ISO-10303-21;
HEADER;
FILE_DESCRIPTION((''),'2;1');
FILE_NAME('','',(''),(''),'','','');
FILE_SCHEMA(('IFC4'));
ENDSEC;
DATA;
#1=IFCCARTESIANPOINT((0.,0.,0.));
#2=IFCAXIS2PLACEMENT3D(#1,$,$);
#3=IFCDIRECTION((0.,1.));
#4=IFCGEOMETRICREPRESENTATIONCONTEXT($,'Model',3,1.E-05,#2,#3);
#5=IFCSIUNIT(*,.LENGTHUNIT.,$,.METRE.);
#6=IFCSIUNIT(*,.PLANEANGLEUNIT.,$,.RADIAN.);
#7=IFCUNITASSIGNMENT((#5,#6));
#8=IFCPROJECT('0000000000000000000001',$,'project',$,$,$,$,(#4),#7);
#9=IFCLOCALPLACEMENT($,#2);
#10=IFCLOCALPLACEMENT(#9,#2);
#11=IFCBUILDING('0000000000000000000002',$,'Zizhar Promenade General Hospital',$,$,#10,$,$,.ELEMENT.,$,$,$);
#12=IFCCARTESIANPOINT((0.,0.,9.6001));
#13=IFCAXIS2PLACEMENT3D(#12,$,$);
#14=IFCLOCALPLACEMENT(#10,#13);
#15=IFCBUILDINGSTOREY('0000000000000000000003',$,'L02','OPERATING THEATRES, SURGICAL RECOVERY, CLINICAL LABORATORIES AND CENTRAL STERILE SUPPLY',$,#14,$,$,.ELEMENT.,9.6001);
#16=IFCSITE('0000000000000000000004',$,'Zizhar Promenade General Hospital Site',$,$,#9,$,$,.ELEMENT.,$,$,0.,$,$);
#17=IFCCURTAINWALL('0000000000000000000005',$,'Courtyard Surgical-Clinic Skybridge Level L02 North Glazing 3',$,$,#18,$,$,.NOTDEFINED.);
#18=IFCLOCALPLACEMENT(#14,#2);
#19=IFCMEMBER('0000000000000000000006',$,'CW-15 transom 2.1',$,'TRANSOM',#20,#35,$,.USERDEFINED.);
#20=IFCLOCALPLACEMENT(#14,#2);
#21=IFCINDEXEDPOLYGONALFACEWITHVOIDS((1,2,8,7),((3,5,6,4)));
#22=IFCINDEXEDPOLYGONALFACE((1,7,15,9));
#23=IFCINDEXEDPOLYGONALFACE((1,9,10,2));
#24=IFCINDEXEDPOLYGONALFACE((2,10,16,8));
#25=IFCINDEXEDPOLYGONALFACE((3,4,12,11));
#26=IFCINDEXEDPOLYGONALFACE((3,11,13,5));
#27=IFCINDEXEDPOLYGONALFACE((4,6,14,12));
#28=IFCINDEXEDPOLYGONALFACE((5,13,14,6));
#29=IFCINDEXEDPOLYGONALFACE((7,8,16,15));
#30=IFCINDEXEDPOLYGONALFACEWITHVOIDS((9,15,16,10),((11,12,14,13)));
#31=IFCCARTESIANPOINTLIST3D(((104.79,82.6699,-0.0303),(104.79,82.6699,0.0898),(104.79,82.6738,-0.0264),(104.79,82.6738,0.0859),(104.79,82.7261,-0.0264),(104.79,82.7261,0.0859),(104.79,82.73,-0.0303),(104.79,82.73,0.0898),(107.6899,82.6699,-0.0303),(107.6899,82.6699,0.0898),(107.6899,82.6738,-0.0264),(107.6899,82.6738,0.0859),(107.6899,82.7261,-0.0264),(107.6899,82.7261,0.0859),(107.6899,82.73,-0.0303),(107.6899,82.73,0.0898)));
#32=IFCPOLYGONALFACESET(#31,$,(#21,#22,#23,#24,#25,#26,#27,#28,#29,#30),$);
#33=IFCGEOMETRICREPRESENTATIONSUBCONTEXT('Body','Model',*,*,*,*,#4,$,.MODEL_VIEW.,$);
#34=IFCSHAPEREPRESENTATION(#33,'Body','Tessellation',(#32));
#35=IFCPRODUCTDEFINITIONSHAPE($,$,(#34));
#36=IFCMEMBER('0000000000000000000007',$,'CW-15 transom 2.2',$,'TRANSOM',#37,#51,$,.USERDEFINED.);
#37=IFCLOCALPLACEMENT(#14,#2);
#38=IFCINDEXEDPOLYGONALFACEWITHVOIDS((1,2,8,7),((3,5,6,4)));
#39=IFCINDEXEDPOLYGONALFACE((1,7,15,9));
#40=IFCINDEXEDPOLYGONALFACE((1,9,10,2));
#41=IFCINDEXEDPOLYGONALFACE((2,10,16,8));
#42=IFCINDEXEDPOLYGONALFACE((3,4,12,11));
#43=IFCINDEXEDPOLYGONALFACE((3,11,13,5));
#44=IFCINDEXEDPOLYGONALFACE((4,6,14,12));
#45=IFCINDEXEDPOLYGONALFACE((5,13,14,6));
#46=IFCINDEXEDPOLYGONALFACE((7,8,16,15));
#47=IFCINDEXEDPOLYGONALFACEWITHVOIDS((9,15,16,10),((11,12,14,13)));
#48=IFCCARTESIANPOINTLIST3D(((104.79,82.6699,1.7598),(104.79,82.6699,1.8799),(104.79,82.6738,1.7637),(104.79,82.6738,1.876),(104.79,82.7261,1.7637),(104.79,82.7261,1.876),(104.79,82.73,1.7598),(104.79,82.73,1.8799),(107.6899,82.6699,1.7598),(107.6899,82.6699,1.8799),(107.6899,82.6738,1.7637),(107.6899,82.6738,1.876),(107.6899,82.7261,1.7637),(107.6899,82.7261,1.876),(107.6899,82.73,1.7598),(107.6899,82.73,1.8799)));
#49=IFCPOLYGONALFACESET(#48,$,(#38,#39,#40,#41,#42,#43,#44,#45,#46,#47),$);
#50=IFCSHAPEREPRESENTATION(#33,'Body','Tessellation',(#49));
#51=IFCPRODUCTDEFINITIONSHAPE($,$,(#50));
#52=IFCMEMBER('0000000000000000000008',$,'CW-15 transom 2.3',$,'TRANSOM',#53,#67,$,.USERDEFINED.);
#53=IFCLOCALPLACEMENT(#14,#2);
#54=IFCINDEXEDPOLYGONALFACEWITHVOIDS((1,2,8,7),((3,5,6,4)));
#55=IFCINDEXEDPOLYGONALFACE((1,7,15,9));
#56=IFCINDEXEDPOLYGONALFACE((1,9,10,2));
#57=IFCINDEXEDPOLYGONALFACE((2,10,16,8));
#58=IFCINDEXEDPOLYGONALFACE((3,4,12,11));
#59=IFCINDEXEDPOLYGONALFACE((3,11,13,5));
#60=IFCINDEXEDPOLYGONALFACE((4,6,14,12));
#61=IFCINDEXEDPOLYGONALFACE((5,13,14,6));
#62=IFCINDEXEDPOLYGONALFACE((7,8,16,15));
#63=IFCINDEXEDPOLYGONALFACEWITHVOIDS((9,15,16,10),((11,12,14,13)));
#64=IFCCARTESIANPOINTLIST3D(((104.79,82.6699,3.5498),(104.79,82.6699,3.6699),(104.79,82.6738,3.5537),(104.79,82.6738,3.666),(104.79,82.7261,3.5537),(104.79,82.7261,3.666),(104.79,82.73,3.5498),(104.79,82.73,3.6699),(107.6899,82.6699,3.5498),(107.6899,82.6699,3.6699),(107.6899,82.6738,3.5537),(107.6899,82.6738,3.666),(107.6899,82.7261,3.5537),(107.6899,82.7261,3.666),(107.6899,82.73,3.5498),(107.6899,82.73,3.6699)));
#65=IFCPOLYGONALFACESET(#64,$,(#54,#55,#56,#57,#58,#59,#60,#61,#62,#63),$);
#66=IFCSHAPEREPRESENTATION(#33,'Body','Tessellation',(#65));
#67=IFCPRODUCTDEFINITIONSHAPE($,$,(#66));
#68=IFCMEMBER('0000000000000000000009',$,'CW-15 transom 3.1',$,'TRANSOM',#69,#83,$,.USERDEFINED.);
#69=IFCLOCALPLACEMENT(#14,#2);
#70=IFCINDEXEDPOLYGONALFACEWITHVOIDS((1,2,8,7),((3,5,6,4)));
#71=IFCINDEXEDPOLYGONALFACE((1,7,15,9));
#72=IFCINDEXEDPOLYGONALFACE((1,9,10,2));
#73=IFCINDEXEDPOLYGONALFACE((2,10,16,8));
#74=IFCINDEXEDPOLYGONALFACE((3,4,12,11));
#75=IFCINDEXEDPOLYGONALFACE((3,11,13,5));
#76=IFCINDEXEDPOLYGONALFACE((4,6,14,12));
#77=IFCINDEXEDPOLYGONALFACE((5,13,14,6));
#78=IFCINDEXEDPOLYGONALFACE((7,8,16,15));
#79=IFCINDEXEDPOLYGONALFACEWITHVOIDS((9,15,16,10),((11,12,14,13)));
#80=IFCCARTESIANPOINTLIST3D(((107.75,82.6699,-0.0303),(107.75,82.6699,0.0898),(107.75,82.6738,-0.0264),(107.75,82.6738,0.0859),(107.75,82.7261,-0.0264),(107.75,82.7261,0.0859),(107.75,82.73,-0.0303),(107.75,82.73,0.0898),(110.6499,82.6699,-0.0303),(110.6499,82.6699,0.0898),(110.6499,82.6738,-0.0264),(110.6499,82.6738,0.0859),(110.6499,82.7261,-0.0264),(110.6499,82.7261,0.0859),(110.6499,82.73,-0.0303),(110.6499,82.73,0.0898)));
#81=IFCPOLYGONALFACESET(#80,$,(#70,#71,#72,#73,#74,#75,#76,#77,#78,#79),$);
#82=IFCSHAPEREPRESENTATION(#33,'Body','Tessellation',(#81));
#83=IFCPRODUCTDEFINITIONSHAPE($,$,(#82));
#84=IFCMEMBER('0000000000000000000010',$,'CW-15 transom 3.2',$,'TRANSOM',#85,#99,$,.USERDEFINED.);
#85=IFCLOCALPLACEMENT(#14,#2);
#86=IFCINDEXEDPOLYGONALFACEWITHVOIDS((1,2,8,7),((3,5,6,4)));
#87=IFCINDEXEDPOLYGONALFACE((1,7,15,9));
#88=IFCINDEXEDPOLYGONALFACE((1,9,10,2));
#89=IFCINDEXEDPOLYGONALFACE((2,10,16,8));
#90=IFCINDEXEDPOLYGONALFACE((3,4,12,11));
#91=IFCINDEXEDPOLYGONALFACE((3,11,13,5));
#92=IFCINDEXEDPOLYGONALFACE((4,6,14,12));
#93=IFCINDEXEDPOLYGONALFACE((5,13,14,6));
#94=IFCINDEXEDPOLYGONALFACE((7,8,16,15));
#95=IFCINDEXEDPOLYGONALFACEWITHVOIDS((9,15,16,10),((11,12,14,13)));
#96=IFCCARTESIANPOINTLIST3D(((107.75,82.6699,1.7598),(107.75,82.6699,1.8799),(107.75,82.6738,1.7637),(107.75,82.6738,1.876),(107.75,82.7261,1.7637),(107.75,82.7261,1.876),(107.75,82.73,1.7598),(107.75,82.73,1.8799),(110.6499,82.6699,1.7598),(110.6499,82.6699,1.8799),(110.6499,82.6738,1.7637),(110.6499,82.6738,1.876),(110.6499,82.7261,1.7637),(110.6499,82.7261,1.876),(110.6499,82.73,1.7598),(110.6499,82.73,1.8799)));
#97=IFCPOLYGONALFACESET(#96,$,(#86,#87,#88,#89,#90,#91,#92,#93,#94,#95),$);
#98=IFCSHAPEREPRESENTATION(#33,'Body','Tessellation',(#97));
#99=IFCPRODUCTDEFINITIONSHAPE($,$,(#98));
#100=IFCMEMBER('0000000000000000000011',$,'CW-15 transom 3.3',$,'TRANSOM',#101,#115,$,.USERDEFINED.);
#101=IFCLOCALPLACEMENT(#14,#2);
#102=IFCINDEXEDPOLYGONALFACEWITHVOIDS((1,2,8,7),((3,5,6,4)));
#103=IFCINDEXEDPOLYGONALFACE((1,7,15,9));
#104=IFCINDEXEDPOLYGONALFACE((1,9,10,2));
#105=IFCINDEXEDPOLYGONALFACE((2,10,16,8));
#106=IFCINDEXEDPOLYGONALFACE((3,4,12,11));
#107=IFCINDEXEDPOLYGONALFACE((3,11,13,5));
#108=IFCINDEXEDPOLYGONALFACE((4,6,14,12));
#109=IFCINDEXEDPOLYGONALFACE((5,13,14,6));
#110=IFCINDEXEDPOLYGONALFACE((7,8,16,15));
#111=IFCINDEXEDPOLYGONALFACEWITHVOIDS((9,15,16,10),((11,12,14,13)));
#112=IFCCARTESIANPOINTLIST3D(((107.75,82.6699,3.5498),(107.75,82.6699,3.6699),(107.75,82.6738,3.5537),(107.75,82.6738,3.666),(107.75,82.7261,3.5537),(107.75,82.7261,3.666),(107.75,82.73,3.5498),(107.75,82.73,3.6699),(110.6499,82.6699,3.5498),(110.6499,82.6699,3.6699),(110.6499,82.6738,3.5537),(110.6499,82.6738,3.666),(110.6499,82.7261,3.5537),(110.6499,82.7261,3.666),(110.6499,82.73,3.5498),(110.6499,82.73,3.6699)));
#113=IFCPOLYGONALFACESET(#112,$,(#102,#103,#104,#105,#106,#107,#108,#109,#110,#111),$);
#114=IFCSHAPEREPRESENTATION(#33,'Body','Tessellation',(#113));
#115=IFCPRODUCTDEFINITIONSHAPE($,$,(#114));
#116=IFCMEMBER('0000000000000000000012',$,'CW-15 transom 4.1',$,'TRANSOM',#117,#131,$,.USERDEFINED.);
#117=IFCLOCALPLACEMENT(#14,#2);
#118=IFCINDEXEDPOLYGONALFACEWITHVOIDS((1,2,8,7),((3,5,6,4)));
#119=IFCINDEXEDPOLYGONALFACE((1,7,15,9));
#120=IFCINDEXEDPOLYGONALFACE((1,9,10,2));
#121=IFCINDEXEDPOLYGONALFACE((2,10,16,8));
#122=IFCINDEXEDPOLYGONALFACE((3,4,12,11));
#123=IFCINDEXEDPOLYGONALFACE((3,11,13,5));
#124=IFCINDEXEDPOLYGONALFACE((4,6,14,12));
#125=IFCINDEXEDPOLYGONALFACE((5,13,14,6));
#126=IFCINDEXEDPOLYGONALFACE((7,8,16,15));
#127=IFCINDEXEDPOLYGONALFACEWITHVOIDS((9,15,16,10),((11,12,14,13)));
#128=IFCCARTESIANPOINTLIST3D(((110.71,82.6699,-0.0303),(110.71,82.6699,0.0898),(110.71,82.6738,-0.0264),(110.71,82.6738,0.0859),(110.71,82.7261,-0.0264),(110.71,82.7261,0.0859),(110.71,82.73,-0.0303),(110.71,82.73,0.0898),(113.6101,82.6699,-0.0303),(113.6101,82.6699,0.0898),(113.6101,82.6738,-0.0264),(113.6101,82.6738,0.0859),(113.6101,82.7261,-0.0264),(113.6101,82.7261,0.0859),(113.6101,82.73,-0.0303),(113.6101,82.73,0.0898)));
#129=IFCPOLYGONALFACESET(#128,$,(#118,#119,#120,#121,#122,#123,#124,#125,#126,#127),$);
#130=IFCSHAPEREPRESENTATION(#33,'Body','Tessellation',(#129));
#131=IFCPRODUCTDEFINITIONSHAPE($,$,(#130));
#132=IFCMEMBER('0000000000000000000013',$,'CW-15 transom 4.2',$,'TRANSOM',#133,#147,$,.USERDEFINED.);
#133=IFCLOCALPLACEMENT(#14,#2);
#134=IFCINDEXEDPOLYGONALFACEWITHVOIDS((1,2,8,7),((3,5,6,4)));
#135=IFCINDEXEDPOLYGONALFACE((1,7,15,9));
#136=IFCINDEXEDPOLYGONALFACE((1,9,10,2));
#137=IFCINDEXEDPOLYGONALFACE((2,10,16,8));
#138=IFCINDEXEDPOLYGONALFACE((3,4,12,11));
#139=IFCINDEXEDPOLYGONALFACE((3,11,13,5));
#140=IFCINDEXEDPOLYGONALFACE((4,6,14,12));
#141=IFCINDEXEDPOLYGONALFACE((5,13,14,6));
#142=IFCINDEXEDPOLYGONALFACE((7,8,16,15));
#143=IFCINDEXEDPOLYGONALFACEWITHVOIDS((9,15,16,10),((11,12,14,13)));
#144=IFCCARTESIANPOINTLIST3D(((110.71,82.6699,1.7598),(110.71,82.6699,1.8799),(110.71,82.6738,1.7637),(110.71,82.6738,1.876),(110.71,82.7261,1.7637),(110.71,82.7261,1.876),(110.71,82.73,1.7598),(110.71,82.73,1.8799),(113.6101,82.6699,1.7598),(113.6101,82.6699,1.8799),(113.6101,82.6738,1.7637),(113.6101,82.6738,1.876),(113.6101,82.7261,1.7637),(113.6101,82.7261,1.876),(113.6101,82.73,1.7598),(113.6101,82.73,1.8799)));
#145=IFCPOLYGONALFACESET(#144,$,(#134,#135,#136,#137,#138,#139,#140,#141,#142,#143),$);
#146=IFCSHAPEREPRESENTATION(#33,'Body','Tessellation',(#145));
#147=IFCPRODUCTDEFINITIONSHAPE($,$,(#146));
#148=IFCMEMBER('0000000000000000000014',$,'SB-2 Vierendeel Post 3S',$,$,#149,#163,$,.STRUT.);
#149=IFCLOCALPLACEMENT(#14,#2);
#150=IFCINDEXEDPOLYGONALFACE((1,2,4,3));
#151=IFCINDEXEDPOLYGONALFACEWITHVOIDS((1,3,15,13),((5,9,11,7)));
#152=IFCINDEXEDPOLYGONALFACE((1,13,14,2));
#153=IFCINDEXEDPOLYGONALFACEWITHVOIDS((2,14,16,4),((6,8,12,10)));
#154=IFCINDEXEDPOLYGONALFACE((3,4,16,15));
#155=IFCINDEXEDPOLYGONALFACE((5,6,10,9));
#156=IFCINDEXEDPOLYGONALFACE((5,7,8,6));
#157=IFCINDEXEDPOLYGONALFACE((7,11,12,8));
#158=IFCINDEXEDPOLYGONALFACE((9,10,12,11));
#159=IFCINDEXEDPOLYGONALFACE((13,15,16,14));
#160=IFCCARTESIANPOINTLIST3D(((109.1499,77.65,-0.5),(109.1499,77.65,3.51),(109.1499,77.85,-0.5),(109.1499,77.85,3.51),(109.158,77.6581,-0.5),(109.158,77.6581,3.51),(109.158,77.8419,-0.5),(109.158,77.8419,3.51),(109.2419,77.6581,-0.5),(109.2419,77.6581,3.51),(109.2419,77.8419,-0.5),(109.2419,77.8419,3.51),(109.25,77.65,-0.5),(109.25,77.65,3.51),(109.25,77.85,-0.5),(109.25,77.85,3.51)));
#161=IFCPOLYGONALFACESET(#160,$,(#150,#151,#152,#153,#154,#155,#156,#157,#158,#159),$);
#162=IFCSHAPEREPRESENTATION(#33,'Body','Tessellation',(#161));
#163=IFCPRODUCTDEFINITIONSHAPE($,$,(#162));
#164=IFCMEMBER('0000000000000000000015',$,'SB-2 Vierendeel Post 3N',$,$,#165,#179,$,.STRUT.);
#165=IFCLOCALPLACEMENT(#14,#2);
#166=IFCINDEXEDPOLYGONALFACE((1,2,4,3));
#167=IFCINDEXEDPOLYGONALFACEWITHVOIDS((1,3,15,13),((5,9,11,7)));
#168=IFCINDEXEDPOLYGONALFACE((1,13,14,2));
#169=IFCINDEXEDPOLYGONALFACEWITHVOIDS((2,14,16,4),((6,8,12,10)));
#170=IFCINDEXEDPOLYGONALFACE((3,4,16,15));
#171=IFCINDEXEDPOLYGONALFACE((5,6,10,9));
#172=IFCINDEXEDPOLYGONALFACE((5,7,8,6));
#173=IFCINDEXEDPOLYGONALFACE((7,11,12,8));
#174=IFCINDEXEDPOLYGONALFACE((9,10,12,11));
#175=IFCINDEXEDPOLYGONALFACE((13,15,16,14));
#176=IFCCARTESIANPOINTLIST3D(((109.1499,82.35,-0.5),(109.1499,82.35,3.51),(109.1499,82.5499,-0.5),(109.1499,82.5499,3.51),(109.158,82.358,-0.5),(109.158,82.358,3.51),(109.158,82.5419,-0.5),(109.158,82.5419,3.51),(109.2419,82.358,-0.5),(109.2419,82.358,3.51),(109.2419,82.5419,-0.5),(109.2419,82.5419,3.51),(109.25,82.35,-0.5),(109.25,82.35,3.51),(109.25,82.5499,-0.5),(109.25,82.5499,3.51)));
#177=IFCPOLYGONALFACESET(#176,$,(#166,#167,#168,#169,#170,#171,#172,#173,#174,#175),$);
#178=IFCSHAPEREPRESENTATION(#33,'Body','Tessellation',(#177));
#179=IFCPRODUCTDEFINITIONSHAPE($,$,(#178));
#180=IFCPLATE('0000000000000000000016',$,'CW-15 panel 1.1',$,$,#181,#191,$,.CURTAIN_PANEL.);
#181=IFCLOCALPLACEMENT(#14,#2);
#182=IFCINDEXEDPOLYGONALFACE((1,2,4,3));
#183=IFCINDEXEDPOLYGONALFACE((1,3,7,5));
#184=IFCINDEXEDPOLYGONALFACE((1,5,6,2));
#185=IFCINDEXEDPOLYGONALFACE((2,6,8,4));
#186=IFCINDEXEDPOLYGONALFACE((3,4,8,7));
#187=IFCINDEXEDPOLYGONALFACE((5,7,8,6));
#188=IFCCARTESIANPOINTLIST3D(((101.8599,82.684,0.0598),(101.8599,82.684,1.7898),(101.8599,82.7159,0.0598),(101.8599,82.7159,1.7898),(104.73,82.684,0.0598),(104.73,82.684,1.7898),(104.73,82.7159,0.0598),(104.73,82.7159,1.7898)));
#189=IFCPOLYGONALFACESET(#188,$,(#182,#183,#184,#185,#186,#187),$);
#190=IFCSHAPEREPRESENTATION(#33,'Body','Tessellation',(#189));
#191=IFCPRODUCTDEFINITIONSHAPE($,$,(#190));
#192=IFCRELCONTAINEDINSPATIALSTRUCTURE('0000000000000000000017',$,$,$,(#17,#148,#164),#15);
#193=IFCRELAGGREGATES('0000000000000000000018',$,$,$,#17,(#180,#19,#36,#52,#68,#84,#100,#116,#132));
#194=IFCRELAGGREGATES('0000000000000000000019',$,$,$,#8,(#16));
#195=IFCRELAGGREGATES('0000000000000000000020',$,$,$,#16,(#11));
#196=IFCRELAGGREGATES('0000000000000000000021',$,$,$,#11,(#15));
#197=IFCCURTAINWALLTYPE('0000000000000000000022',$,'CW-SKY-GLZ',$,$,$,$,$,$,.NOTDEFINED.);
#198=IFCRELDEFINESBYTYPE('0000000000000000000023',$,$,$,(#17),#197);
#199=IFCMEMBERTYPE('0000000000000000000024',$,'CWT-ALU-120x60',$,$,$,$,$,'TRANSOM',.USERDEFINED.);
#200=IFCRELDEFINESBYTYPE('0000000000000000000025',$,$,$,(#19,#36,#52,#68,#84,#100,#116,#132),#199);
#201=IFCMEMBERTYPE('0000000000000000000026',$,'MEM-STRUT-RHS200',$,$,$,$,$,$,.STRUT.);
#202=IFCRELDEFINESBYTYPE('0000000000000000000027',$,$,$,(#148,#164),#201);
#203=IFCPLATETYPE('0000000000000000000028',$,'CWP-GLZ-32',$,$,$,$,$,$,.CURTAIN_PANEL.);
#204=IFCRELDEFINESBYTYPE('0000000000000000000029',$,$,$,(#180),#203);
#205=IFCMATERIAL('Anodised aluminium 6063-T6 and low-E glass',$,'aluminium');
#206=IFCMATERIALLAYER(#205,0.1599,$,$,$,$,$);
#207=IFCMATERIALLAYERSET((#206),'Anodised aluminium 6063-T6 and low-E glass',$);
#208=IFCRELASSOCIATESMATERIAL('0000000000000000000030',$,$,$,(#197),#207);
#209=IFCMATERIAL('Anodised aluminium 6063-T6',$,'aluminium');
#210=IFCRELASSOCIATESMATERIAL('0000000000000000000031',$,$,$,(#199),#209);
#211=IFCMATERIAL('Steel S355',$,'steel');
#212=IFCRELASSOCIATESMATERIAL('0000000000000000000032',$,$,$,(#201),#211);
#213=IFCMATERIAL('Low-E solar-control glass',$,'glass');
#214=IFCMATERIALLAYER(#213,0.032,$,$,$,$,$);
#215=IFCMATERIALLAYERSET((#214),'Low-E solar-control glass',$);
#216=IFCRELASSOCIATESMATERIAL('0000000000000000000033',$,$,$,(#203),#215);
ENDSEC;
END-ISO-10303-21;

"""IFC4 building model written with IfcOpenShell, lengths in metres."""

from ifc_helpers import new_model, si_unit, direction, frame, origin, origin_2d, place, context, subcontext, project, spatial, rectangle, hollow_rectangle, extrude, material, layer, layer_set, material_profile, profile_set, type_object, element, aggregate, save


model = new_model("IFC4")

# Units and contexts
model_context = context("Model", 3, precision=1e-05, world=origin(), true_north=direction((0.0, 1.0)))
body_context = subcontext(model_context, "Body", "Model", "MODEL_VIEW")
ifc_project = project(units=[si_unit("LENGTHUNIT", "METRE"), si_unit("PLANEANGLEUNIT", "RADIAN")], contexts=[model_context])

# Site, building, storey
site_placement = place(None, origin())
site = spatial("IfcSite", under=ifc_project, at=site_placement, Name="Zizhar Promenade General Hospital Site", CompositionType="ELEMENT", RefElevation=0.0)
building_placement = place(site_placement, origin())
building = spatial("IfcBuilding", under=site, at=building_placement, Name="Zizhar Promenade General Hospital", CompositionType="ELEMENT")
storey_placement = place(building_placement, frame((0.0, 0.0, 9.6001)))
storey = spatial("IfcBuildingStorey", under=building, at=storey_placement, Name="L02", Description="OPERATING THEATRES, SURGICAL RECOVERY, CLINICAL LABORATORIES AND CENTRAL STERILE SUPPLY", CompositionType="ELEMENT", Elevation=9.6001)

# Curtain wall, members
ifc_material_1 = material(Name="Anodised aluminium 6063-T6 and low-E glass", Category="aluminium")
ifc_layer_1 = layer(ifc_material_1, 0.1599)
ifc_layer_set_1 = layer_set([ifc_layer_1], Name="Anodised aluminium 6063-T6 and low-E glass")
curtain_wall_type = type_object("IfcCurtainWallType", Name="CW-SKY-GLZ", PredefinedType="NOTDEFINED", material=ifc_layer_set_1)
curtain_wall_placement = place(storey_placement, origin())
curtain_wall = element("IfcCurtainWall", 1, at=curtain_wall_placement, inside=storey, type_object=curtain_wall_type, Name="Courtyard Surgical-Clinic Skybridge Level L02 North Glazing 3", PredefinedType="NOTDEFINED")
ifc_material_2 = material(Name="Anodised aluminium 6063-T6", Category="aluminium")
ifc_material_profile_1 = material_profile(ifc_material_2, hollow_rectangle(XDim=0.0601, YDim=0.1201, WallThickness=0.0039, at=origin_2d()))
ifc_profile_set_1 = profile_set([ifc_material_profile_1], Name="Anodised aluminium 6063-T6")
member_type_1 = type_object("IfcMemberType", Name="CWT-ALU-120x60", ElementType="TRANSOM", PredefinedType="USERDEFINED", material=ifc_profile_set_1)
member_1_placement = place(storey_placement, frame((104.79, 82.7, 0.0298), z_axis=(1.0, 0.0, 0.0), x_axis=(0.0, 1.0, 0.0)))
member_1 = element("IfcMember", 2, at=member_1_placement, type_object=member_type_1, Name="CW-15 transom 2.1", ObjectType="TRANSOM", PredefinedType="USERDEFINED", context=body_context, shape_type="SweptSolid", body=[
    extrude(hollow_rectangle(XDim=0.0601, YDim=0.1201, WallThickness=0.0039, at=origin_2d()), origin(), (0.0, 0.0, 1.0), 2.8999),
])
member_2_placement = place(storey_placement, frame((104.79, 82.7, 1.8198), z_axis=(1.0, 0.0, 0.0), x_axis=(0.0, 1.0, 0.0)))
member_2 = element("IfcMember", 3, at=member_2_placement, type_object=member_type_1, Name="CW-15 transom 2.2", ObjectType="TRANSOM", PredefinedType="USERDEFINED", context=body_context, shape_type="SweptSolid", body=[
    extrude(hollow_rectangle(XDim=0.0601, YDim=0.1201, WallThickness=0.0039, at=origin_2d()), origin(), (0.0, 0.0, 1.0), 2.8999),
])
member_3_placement = place(storey_placement, frame((104.79, 82.7, 3.6099), z_axis=(1.0, 0.0, 0.0), x_axis=(0.0, 1.0, 0.0)))
member_3 = element("IfcMember", 4, at=member_3_placement, type_object=member_type_1, Name="CW-15 transom 2.3", ObjectType="TRANSOM", PredefinedType="USERDEFINED", context=body_context, shape_type="SweptSolid", body=[
    extrude(hollow_rectangle(XDim=0.0601, YDim=0.1201, WallThickness=0.0039, at=origin_2d()), origin(), (0.0, 0.0, 1.0), 2.8999),
])
member_4_placement = place(storey_placement, frame((107.75, 82.7, 0.0298), z_axis=(1.0, 0.0, 0.0), x_axis=(0.0, 1.0, 0.0)))
member_4 = element("IfcMember", 5, at=member_4_placement, type_object=member_type_1, Name="CW-15 transom 3.1", ObjectType="TRANSOM", PredefinedType="USERDEFINED", context=body_context, shape_type="SweptSolid", body=[
    extrude(hollow_rectangle(XDim=0.0601, YDim=0.1201, WallThickness=0.0039, at=origin_2d()), origin(), (0.0, 0.0, 1.0), 2.8999),
])
member_5_placement = place(storey_placement, frame((107.75, 82.7, 1.8198), z_axis=(1.0, 0.0, 0.0), x_axis=(0.0, 1.0, 0.0)))
member_5 = element("IfcMember", 6, at=member_5_placement, type_object=member_type_1, Name="CW-15 transom 3.2", ObjectType="TRANSOM", PredefinedType="USERDEFINED", context=body_context, shape_type="SweptSolid", body=[
    extrude(hollow_rectangle(XDim=0.0601, YDim=0.1201, WallThickness=0.0039, at=origin_2d()), origin(), (0.0, 0.0, 1.0), 2.8999),
])
member_6_placement = place(storey_placement, frame((107.75, 82.7, 3.6099), z_axis=(1.0, 0.0, 0.0), x_axis=(0.0, 1.0, 0.0)))
member_6 = element("IfcMember", 7, at=member_6_placement, type_object=member_type_1, Name="CW-15 transom 3.3", ObjectType="TRANSOM", PredefinedType="USERDEFINED", context=body_context, shape_type="SweptSolid", body=[
    extrude(hollow_rectangle(XDim=0.0601, YDim=0.1201, WallThickness=0.0039, at=origin_2d()), origin(), (0.0, 0.0, 1.0), 2.8999),
])
member_7_placement = place(storey_placement, frame((110.71, 82.7, 0.0298), z_axis=(1.0, 0.0, 0.0), x_axis=(0.0, 1.0, 0.0)))
member_7 = element("IfcMember", 8, at=member_7_placement, type_object=member_type_1, Name="CW-15 transom 4.1", ObjectType="TRANSOM", PredefinedType="USERDEFINED", context=body_context, shape_type="SweptSolid", body=[
    extrude(hollow_rectangle(XDim=0.0601, YDim=0.1201, WallThickness=0.0039, at=origin_2d()), origin(), (0.0, 0.0, 1.0), 2.9001),
])
member_8_placement = place(storey_placement, frame((110.71, 82.7, 1.8198), z_axis=(1.0, 0.0, 0.0), x_axis=(0.0, 1.0, 0.0)))
member_8 = element("IfcMember", 9, at=member_8_placement, type_object=member_type_1, Name="CW-15 transom 4.2", ObjectType="TRANSOM", PredefinedType="USERDEFINED", context=body_context, shape_type="SweptSolid", body=[
    extrude(hollow_rectangle(XDim=0.0601, YDim=0.1201, WallThickness=0.0039, at=origin_2d()), origin(), (0.0, 0.0, 1.0), 2.9001),
])

# Members
ifc_material_3 = material(Name="Steel S355", Category="steel")
ifc_material_profile_2 = material_profile(ifc_material_3, hollow_rectangle(XDim=0.1001, YDim=0.2, WallThickness=0.0081, at=origin_2d()))
ifc_profile_set_2 = profile_set([ifc_material_profile_2], Name="Steel S355")
member_type_2 = type_object("IfcMemberType", Name="MEM-STRUT-RHS200", PredefinedType="STRUT", material=ifc_profile_set_2)
for number, where, z_axis, x_axis, name in (
    (10, (109.2, 77.75, -0.5), (0.0, 0.0, 1.0), (1.0, 0.0, 0.0), "SB-2 Vierendeel Post 3S"),
    (11, (109.2, 82.45, -0.5), (0.0, 0.0, 1.0), (1.0, 0.0, 0.0), "SB-2 Vierendeel Post 3N"),
):
    element("IfcMember", number, at=place(storey_placement, frame(where, z_axis=z_axis, x_axis=x_axis)), inside=storey, type_object=member_type_2, Name=name, PredefinedType="STRUT", context=body_context, shape_type="SweptSolid", body=[
        extrude(hollow_rectangle(XDim=0.1001, YDim=0.2, WallThickness=0.0081, at=origin_2d()), origin(), (0.0, 0.0, 1.0), 4.01),
    ])

# Plate
ifc_material_4 = material(Name="Low-E solar-control glass", Category="glass")
ifc_layer_2 = layer(ifc_material_4, 0.032)
ifc_layer_set_2 = layer_set([ifc_layer_2], Name="Low-E solar-control glass")
plate_type = type_object("IfcPlateType", Name="CWP-GLZ-32", PredefinedType="CURTAIN_PANEL", material=ifc_layer_set_2)
plate_1_placement = place(storey_placement, frame((103.2949, 82.7, 0.0598), z_axis=(0.0, 0.0, 1.0), x_axis=(1.0, 0.0, 0.0)))
plate_1 = element("IfcPlate", 12, at=plate_1_placement, type_object=plate_type, Name="CW-15 panel 1.1", PredefinedType="CURTAIN_PANEL", context=body_context, shape_type="SweptSolid", body=[
    extrude(rectangle(XDim=2.8701, YDim=0.032, at=origin_2d()), origin(), (0.0, 0.0, 1.0), 1.73),
])
aggregate(curtain_wall, [plate_1, member_1, member_2, member_3, member_4, member_5, member_6, member_7, member_8])

save(model, "model.ifc")
